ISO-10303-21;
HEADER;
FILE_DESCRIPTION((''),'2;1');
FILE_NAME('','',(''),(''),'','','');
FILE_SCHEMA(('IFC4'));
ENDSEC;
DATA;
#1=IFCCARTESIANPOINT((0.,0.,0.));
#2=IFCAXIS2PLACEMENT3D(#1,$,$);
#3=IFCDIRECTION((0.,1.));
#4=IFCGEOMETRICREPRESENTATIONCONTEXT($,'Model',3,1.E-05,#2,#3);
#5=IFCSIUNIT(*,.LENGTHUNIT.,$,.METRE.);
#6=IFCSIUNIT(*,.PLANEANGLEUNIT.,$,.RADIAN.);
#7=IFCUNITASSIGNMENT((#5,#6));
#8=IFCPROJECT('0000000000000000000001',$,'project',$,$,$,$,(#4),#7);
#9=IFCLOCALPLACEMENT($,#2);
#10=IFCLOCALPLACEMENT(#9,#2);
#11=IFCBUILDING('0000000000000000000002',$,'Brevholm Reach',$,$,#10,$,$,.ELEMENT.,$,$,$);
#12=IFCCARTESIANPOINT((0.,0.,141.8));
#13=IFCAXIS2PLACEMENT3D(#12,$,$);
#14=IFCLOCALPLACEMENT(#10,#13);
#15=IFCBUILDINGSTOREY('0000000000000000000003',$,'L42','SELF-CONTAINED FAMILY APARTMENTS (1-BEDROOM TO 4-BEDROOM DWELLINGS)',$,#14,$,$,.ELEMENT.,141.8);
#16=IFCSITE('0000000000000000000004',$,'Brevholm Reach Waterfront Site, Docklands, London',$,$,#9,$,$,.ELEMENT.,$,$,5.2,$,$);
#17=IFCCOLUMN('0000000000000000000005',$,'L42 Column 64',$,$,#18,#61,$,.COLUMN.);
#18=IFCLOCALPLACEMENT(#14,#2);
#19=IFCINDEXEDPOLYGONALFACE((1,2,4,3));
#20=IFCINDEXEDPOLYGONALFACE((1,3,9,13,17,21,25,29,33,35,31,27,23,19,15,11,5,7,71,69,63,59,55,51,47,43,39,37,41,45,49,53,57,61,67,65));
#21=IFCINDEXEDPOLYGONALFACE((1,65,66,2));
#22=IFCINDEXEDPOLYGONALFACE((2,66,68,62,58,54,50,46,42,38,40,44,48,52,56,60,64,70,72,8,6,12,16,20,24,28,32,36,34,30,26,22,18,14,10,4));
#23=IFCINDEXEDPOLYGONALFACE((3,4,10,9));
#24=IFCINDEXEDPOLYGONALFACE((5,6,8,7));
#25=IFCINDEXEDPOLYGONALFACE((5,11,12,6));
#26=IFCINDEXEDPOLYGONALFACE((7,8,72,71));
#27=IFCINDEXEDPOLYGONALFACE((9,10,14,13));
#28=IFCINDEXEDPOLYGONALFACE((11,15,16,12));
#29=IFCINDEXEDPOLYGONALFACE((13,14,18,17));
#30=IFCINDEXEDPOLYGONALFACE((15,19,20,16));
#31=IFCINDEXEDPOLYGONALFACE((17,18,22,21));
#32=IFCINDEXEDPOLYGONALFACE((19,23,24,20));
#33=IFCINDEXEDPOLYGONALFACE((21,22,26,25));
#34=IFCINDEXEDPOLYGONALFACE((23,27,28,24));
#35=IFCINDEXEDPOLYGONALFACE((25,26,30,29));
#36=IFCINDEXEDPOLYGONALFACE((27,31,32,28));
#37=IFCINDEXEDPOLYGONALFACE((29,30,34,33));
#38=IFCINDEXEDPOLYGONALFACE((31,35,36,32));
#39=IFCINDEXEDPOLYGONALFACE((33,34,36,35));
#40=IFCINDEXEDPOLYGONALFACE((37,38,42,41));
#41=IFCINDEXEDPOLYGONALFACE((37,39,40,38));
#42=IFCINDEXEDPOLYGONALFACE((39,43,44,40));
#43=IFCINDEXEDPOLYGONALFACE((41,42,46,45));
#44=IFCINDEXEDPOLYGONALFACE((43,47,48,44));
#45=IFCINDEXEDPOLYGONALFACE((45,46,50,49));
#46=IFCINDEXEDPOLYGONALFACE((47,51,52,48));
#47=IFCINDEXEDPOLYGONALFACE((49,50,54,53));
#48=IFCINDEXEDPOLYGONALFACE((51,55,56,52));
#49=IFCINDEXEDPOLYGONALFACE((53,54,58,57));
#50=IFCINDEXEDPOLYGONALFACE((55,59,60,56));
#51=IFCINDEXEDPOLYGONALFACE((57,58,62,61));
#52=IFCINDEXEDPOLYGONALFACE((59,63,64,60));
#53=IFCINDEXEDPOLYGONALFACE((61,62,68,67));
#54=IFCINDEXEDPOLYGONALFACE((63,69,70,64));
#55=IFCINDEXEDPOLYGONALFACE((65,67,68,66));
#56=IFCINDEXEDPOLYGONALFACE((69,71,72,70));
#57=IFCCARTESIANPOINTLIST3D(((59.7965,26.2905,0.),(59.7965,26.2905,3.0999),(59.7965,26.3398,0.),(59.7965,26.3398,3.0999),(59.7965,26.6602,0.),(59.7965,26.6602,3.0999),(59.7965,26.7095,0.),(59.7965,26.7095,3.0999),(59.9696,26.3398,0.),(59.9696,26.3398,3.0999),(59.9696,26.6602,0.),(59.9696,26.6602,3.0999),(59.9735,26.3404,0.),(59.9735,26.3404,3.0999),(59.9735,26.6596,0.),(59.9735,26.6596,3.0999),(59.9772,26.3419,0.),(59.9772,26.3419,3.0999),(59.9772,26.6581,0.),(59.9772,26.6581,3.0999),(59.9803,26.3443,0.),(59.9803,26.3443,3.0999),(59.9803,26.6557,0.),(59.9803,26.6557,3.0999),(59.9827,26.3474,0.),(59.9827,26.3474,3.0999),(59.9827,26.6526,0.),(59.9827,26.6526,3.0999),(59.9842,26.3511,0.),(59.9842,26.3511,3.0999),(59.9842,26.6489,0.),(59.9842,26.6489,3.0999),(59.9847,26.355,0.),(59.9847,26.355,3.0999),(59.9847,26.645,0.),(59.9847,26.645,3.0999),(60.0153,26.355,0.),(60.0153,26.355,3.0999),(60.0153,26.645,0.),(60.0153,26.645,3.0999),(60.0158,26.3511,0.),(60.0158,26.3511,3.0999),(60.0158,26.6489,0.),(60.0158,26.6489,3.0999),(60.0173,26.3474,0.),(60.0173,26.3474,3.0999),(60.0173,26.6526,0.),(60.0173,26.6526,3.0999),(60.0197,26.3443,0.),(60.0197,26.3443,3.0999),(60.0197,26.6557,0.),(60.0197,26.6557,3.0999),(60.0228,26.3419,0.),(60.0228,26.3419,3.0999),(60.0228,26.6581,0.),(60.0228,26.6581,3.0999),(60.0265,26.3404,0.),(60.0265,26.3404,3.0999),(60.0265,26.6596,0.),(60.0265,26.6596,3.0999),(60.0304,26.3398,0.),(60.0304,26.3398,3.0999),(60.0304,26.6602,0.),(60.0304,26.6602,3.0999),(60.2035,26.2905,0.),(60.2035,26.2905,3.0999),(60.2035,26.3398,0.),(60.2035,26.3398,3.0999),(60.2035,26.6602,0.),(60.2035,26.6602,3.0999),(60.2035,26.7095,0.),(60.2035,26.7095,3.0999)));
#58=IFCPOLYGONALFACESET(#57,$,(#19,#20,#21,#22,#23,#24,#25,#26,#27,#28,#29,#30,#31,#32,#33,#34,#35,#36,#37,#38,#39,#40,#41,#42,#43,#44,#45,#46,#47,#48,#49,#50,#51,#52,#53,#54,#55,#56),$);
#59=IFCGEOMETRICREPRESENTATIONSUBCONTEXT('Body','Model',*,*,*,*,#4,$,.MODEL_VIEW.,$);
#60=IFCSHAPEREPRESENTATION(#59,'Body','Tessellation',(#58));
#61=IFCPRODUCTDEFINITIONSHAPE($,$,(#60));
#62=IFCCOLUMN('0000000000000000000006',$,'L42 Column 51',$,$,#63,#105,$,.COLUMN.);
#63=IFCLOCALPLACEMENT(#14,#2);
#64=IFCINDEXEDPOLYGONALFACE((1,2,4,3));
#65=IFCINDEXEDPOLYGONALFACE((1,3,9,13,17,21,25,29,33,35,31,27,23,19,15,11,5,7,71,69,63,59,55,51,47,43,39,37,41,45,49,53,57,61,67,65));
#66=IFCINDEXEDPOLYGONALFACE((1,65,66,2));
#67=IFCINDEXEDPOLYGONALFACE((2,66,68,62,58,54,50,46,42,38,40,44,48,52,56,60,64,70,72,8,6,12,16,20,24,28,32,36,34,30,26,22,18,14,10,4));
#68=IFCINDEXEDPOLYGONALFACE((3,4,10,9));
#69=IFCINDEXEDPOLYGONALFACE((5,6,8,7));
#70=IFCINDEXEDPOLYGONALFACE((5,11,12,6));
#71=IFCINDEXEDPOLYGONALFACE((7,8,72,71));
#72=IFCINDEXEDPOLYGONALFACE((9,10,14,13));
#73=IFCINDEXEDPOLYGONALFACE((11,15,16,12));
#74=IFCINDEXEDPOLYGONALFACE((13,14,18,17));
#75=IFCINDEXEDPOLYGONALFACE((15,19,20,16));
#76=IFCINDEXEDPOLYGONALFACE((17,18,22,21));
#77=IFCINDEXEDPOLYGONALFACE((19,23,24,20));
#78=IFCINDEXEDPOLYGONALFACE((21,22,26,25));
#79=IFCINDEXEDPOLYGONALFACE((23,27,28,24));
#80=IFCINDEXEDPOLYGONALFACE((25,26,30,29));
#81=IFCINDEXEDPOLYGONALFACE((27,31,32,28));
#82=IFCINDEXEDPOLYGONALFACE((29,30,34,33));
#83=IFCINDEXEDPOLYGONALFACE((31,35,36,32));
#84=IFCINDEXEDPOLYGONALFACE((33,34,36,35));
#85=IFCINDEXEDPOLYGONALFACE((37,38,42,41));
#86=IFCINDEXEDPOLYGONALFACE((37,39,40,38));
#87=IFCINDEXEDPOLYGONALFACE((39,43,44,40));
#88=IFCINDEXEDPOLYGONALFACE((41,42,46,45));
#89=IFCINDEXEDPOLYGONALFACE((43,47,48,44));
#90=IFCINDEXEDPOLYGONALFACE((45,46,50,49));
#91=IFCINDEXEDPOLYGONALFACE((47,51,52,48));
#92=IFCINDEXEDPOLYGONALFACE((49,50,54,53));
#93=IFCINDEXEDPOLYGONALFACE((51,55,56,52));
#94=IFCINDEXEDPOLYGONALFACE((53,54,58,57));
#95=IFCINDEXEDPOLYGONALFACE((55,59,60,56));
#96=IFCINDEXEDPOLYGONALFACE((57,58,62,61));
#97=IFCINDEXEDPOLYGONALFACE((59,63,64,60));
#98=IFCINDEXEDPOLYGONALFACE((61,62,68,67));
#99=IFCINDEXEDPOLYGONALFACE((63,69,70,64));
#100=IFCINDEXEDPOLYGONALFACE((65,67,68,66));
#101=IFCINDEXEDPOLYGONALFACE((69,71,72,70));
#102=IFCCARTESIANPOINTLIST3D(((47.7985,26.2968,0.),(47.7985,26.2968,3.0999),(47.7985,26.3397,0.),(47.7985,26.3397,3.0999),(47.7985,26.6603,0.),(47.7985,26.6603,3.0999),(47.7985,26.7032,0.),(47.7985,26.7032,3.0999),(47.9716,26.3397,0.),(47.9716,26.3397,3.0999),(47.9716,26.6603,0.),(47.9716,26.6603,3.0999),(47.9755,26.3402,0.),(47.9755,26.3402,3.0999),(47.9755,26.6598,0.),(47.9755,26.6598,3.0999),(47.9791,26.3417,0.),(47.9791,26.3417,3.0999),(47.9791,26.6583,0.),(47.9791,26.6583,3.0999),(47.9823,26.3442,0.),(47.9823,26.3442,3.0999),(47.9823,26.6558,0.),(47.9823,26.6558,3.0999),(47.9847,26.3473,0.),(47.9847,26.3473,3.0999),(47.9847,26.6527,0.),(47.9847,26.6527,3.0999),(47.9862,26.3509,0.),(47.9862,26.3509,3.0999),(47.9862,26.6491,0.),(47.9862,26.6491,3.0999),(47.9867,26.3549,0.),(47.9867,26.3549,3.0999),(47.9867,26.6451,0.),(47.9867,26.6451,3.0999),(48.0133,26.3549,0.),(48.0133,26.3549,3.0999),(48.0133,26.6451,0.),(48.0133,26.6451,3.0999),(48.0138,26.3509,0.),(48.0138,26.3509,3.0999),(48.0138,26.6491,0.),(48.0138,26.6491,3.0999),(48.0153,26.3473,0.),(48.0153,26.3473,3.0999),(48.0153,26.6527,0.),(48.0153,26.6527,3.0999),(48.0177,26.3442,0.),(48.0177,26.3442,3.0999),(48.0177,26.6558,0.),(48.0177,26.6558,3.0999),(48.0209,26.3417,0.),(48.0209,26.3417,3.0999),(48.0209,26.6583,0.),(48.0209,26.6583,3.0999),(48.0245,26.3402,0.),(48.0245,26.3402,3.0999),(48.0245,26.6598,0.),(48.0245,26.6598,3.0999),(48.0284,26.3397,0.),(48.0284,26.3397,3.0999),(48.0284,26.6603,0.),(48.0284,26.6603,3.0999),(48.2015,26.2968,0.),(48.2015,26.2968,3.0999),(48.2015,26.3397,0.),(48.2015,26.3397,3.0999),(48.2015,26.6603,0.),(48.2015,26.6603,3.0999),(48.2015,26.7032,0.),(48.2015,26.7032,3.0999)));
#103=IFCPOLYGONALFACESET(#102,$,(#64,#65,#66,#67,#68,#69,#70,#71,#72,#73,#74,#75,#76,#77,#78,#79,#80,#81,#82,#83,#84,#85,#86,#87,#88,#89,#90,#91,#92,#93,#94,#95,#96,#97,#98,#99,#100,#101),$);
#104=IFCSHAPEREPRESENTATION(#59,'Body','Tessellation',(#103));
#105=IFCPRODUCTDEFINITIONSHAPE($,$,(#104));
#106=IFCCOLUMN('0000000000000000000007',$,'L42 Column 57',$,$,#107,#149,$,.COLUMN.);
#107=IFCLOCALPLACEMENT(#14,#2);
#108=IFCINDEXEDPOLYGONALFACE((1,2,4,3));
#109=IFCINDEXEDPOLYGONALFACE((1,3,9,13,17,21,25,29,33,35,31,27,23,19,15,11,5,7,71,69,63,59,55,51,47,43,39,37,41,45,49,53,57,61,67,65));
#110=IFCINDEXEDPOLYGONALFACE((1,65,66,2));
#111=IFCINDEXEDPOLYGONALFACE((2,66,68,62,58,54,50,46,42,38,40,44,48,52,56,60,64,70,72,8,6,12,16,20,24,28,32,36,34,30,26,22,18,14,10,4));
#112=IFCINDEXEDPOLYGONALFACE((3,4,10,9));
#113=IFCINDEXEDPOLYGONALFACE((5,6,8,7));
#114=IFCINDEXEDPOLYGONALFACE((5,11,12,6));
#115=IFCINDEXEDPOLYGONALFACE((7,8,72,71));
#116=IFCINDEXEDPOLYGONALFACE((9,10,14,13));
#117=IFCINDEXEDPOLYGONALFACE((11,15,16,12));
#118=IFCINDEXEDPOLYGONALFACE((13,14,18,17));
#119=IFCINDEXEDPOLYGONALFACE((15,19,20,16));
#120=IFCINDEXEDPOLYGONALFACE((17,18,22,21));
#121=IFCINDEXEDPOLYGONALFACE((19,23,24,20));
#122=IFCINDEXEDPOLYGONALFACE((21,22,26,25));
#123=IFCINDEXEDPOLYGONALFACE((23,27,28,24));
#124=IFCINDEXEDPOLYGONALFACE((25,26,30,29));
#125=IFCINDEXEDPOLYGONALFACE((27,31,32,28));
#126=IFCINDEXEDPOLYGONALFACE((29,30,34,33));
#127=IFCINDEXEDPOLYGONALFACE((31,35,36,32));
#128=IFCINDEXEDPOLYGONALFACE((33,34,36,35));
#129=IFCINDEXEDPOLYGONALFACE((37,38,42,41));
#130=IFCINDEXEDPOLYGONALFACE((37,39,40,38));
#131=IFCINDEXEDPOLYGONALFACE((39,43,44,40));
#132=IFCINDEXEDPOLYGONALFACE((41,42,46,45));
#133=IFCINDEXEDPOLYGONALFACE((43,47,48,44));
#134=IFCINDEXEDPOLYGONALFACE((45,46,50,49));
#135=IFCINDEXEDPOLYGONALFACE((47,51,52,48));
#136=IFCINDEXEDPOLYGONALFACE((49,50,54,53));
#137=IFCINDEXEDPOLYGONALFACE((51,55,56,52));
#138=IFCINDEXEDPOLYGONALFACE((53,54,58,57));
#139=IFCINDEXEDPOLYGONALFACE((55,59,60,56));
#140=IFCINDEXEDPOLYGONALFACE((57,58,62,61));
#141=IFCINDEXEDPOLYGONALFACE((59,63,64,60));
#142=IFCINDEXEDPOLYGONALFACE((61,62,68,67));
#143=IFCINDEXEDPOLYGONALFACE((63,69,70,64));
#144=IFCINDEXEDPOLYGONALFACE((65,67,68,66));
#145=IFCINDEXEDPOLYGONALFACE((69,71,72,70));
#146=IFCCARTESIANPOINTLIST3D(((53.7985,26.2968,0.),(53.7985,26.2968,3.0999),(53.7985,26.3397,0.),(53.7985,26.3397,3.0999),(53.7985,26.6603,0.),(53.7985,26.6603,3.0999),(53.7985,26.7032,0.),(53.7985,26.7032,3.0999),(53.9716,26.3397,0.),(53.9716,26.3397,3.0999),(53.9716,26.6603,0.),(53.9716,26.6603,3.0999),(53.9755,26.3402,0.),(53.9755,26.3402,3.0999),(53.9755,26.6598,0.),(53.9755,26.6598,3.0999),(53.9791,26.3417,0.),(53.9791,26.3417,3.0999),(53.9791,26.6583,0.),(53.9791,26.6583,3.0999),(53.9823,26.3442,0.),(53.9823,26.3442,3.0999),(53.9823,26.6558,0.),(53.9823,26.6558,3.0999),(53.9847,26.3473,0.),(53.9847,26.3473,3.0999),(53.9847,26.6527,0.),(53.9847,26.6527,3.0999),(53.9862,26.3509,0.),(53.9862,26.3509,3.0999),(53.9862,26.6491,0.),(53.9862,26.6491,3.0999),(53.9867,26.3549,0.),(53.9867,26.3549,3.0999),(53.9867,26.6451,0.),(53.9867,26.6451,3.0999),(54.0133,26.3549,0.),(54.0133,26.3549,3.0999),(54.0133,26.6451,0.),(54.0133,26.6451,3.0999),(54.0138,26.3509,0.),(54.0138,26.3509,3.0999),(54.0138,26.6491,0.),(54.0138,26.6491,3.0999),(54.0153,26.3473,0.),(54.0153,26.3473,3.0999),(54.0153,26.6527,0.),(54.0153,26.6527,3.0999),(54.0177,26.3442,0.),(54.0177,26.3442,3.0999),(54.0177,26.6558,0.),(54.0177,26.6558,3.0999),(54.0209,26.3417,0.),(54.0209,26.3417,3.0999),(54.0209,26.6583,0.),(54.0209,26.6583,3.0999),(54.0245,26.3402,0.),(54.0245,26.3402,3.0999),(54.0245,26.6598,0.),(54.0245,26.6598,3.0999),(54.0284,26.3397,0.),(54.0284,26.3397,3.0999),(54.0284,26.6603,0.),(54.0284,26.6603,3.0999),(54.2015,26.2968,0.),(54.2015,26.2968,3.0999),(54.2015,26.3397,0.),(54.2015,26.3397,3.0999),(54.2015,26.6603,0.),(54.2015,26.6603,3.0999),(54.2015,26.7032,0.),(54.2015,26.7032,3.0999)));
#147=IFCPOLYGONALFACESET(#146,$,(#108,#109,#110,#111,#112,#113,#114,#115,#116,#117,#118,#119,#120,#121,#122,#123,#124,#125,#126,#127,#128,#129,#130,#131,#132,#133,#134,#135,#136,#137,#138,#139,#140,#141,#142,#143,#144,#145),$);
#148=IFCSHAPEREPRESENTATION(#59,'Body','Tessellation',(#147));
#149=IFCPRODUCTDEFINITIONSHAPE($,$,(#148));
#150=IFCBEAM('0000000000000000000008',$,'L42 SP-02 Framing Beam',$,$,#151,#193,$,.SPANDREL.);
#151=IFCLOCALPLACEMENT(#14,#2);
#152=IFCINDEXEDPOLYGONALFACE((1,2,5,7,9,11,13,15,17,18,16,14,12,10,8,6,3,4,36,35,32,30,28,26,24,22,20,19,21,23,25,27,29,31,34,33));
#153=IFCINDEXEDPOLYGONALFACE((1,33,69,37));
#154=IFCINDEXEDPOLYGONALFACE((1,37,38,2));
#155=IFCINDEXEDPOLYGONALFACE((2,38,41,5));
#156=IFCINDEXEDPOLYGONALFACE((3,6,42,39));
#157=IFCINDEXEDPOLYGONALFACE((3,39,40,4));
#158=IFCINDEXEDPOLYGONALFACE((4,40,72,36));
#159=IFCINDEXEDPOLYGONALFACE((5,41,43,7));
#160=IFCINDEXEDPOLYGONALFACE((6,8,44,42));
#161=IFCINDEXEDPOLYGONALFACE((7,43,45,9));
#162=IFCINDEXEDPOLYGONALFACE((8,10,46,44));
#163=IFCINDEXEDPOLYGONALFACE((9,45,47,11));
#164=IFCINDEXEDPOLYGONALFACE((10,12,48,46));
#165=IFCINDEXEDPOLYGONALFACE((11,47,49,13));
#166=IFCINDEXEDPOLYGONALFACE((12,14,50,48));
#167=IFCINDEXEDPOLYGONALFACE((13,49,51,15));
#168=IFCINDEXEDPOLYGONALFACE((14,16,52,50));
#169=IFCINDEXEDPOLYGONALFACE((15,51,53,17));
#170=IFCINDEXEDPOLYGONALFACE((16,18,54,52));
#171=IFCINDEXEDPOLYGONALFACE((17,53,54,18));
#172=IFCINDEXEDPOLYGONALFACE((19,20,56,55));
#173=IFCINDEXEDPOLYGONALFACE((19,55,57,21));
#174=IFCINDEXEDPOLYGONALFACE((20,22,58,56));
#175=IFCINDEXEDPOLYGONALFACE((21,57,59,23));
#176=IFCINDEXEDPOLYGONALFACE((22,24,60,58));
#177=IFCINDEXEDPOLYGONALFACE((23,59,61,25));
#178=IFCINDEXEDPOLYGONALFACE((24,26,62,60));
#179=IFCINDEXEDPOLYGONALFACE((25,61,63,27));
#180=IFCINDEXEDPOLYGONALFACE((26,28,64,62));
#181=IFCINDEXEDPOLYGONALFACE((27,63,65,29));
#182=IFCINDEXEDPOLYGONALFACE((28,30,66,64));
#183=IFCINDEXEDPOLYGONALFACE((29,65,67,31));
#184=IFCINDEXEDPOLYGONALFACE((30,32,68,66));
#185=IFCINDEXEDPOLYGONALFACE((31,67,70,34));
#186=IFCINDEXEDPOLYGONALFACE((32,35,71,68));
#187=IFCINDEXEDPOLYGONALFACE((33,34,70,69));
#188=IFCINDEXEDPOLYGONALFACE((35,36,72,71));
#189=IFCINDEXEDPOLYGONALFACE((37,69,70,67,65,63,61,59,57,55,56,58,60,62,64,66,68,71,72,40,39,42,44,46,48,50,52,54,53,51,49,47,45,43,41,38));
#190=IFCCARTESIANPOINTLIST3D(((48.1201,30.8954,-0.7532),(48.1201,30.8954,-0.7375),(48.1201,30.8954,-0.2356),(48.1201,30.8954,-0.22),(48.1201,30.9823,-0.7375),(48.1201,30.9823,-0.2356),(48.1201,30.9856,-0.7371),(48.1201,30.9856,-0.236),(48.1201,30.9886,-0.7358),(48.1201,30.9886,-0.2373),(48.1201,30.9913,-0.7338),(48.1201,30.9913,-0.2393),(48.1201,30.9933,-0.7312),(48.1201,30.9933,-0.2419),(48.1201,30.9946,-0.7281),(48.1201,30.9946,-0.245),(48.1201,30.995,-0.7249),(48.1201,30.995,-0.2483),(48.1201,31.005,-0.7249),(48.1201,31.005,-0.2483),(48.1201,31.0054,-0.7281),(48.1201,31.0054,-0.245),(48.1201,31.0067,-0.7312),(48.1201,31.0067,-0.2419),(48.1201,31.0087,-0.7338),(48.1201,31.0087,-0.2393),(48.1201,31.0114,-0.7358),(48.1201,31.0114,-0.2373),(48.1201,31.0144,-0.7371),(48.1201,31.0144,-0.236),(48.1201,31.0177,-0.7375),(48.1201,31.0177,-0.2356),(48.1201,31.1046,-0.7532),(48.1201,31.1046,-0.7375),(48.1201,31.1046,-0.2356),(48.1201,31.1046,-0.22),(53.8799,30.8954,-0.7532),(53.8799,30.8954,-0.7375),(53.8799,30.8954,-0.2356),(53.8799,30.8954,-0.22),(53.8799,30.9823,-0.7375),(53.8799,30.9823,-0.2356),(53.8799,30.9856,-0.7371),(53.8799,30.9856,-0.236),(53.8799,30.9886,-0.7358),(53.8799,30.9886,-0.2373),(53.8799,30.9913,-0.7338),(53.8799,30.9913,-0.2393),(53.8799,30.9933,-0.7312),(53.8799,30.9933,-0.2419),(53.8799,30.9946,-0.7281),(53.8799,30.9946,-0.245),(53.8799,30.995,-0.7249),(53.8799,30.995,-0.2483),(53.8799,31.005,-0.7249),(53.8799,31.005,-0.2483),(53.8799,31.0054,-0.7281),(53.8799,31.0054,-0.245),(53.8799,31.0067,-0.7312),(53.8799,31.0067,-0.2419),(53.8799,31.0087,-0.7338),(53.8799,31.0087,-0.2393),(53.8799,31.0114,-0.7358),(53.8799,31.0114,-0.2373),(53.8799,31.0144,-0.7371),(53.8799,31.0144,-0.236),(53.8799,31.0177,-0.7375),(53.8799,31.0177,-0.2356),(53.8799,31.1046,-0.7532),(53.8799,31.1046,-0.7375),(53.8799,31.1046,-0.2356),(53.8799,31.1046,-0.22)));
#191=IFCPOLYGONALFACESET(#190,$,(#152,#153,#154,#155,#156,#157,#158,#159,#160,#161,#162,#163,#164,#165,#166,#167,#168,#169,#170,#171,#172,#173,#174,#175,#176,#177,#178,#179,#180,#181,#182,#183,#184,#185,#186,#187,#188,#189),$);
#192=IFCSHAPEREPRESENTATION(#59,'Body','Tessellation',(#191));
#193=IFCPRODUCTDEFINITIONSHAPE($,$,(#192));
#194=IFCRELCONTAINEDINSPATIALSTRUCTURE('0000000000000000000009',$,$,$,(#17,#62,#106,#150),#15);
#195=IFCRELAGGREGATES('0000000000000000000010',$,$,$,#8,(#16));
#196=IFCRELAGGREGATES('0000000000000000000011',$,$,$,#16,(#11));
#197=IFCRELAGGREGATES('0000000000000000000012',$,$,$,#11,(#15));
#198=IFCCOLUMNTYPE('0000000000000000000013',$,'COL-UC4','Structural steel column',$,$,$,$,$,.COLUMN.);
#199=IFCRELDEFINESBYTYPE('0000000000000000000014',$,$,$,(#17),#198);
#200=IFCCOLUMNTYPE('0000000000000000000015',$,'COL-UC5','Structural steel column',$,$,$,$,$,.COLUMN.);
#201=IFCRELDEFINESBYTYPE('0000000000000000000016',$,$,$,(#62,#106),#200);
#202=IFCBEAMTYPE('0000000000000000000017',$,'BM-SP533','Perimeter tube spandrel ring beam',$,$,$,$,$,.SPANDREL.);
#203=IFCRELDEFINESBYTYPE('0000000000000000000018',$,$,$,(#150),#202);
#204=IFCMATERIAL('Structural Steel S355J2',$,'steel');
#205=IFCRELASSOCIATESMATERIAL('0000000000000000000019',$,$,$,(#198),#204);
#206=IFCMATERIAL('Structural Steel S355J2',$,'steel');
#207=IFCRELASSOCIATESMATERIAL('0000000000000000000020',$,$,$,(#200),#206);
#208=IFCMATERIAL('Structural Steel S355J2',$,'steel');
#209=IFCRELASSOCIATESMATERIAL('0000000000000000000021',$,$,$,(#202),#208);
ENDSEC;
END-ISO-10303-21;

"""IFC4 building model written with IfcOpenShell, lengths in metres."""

from ifc_helpers import new_model, si_unit, direction, frame, origin, origin_2d, place, context, subcontext, project, spatial, i_section, extrude, material, material_profile, profile_set, type_object, element, save


model = new_model("IFC4")

# Units and contexts
model_context = context("Model", 3, precision=1e-05, world=origin(), true_north=direction((0.0, 1.0)))
body_context = subcontext(model_context, "Body", "Model", "MODEL_VIEW")
ifc_project = project(units=[si_unit("LENGTHUNIT", "METRE"), si_unit("PLANEANGLEUNIT", "RADIAN")], contexts=[model_context])

# Site, building, storey
site_placement = place(None, origin())
site = spatial("IfcSite", under=ifc_project, at=site_placement, Name="Brevholm Reach Waterfront Site, Docklands, London", CompositionType="ELEMENT", RefElevation=5.2)
building_placement = place(site_placement, origin())
building = spatial("IfcBuilding", under=site, at=building_placement, Name="Brevholm Reach", CompositionType="ELEMENT")
storey_placement = place(building_placement, frame((0.0, 0.0, 141.8)))
storey = spatial("IfcBuildingStorey", under=building, at=storey_placement, Name="L42", Description="SELF-CONTAINED FAMILY APARTMENTS (1-BEDROOM TO 4-BEDROOM DWELLINGS)", CompositionType="ELEMENT", Elevation=141.8)

# Columns
ifc_material_1 = material(Name="Structural Steel S355J2", Category="steel")
ifc_material_profile_1 = material_profile(ifc_material_1, i_section(OverallWidth=0.407, OverallDepth=0.4189, WebThickness=0.0305, FlangeThickness=0.0493, FilletRadius=0.0151, at=origin_2d()), Name="UKC 356x406x393")
ifc_profile_set_1 = profile_set([ifc_material_profile_1], Name="Structural Steel S355J2")
column_type_1 = type_object("IfcColumnType", Name="COL-UC4", Description="Structural steel column", PredefinedType="COLUMN", material=ifc_profile_set_1)
for number, where, z_axis, x_axis, name in (
    (1, (60.0, 26.5, 0.0), (0.0, 0.0, 1.0), (1.0, 0.0, 0.0), "L42 Column 64"),
):
    element("IfcColumn", number, at=place(storey_placement, frame(where, z_axis=z_axis, x_axis=x_axis)), inside=storey, type_object=column_type_1, Name=name, PredefinedType="COLUMN", context=body_context, shape_type="SweptSolid", body=[
        extrude(i_section(OverallWidth=0.407, OverallDepth=0.4189, WebThickness=0.0305, FlangeThickness=0.0493, FilletRadius=0.0151, at=origin_2d()), origin(), (0.0, 0.0, 1.0), 3.0999),
    ])
ifc_material_2 = material(Name="Structural Steel S355J2", Category="steel")
ifc_material_profile_2 = material_profile(ifc_material_2, i_section(OverallWidth=0.4031, OverallDepth=0.4065, WebThickness=0.0266, FlangeThickness=0.043, FilletRadius=0.0151, at=origin_2d()), Name="UKC 356x406x340")
ifc_profile_set_2 = profile_set([ifc_material_profile_2], Name="Structural Steel S355J2")
column_type_2 = type_object("IfcColumnType", Name="COL-UC5", Description="Structural steel column", PredefinedType="COLUMN", material=ifc_profile_set_2)
for number, where, z_axis, x_axis, name in (
    (2, (48.0, 26.5, 0.0), (0.0, 0.0, 1.0), (1.0, 0.0, 0.0), "L42 Column 51"),
    (3, (54.0, 26.5, 0.0), (0.0, 0.0, 1.0), (1.0, 0.0, 0.0), "L42 Column 57"),
):
    element("IfcColumn", number, at=place(storey_placement, frame(where, z_axis=z_axis, x_axis=x_axis)), inside=storey, type_object=column_type_2, Name=name, PredefinedType="COLUMN", context=body_context, shape_type="SweptSolid", body=[
        extrude(i_section(OverallWidth=0.4031, OverallDepth=0.4065, WebThickness=0.0266, FlangeThickness=0.043, FilletRadius=0.0151, at=origin_2d()), origin(), (0.0, 0.0, 1.0), 3.0999),
    ])

# Beam
ifc_material_3 = material(Name="Structural Steel S355J2", Category="steel")
ifc_material_profile_3 = material_profile(ifc_material_3, i_section(OverallWidth=0.2092, OverallDepth=0.5332, WebThickness=0.01, FlangeThickness=0.0156, FilletRadius=0.0127, at=origin_2d()), Name="UKB 533x210x92")
ifc_profile_set_3 = profile_set([ifc_material_profile_3], Name="Structural Steel S355J2")
beam_type_1 = type_object("IfcBeamType", Name="BM-SP533", Description="Perimeter tube spandrel ring beam", PredefinedType="SPANDREL", material=ifc_profile_set_3)
beam_1_placement = place(storey_placement, frame((48.1201, 31.0, -0.4866), z_axis=(1.0, 0.0, 0.0), x_axis=(0.0, 1.0, 0.0)))
element("IfcBeam", 4, at=beam_1_placement, inside=storey, type_object=beam_type_1, Name="L42 SP-02 Framing Beam", PredefinedType="SPANDREL", context=body_context, shape_type="SweptSolid", body=[
    extrude(i_section(OverallWidth=0.2092, OverallDepth=0.5332, WebThickness=0.01, FlangeThickness=0.0156, FilletRadius=0.0127, at=origin_2d()), origin(), (0.0, 0.0, 1.0), 5.7598),
])

save(model, "model.ifc")
